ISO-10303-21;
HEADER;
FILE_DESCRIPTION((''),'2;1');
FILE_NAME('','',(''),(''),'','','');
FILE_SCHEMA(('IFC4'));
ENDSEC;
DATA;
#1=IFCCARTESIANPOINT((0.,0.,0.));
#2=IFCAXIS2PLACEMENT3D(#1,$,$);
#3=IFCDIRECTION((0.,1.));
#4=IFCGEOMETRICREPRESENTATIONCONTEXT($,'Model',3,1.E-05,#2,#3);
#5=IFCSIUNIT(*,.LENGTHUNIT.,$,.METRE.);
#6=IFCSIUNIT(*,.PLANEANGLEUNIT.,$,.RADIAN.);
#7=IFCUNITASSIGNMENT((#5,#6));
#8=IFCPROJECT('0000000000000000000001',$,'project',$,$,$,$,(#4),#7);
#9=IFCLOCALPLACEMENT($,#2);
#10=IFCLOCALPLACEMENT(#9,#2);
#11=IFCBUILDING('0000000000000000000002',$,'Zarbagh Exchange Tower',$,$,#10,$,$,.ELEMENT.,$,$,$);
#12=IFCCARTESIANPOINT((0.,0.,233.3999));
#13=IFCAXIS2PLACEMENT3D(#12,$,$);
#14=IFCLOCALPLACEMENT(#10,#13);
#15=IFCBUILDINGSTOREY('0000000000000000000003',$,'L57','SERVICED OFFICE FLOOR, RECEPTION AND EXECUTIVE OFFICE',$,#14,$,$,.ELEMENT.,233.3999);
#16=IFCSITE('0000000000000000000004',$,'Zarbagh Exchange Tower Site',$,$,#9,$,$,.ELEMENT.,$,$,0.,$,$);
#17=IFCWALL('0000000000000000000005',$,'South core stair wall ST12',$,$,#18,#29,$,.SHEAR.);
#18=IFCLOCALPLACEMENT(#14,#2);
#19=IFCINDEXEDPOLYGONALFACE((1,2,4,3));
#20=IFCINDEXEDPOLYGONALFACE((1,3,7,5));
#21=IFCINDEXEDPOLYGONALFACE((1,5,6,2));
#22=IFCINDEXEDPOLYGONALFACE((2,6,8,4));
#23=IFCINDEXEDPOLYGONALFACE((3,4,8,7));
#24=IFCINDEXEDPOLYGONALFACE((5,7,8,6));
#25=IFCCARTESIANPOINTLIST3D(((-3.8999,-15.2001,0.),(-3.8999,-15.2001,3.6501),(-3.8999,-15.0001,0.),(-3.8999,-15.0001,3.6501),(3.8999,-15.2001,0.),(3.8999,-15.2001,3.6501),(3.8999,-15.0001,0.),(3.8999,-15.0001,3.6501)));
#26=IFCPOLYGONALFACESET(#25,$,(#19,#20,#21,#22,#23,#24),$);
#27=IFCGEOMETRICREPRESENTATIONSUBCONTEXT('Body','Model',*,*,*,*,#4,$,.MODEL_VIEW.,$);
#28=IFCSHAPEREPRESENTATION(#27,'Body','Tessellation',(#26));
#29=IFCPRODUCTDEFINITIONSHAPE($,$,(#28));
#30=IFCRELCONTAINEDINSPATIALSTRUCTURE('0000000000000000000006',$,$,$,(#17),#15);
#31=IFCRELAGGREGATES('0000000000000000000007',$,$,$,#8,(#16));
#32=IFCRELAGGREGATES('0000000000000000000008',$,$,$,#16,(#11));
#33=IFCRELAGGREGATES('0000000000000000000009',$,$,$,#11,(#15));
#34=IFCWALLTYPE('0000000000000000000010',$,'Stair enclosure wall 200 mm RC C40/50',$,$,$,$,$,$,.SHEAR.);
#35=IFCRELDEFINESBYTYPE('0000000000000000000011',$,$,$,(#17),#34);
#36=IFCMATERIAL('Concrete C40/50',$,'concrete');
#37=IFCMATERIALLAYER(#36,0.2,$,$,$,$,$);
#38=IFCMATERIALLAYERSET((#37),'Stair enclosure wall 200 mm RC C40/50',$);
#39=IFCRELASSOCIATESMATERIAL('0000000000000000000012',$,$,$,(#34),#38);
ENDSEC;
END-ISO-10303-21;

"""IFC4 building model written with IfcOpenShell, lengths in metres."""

from ifc_helpers import new_model, si_unit, direction, frame, frame_2d, origin, place, context, subcontext, project, spatial, rectangle, extrude, material, layer, layer_set, type_object, element, save


model = new_model("IFC4")

# Units and contexts
model_context = context("Model", 3, precision=1e-05, world=origin(), true_north=direction((0.0, 1.0)))
body_context = subcontext(model_context, "Body", "Model", "MODEL_VIEW")
ifc_project = project(units=[si_unit("LENGTHUNIT", "METRE"), si_unit("PLANEANGLEUNIT", "RADIAN")], contexts=[model_context])

# Site, building, storey
site_placement = place(None, origin())
site = spatial("IfcSite", under=ifc_project, at=site_placement, Name="Zarbagh Exchange Tower Site", CompositionType="ELEMENT", RefElevation=0.0)
building_placement = place(site_placement, origin())
building = spatial("IfcBuilding", under=site, at=building_placement, Name="Zarbagh Exchange Tower", CompositionType="ELEMENT")
storey_placement = place(building_placement, frame((0.0, 0.0, 233.3999)))
storey = spatial("IfcBuildingStorey", under=building, at=storey_placement, Name="L57", Description="SERVICED OFFICE FLOOR, RECEPTION AND EXECUTIVE OFFICE", CompositionType="ELEMENT", Elevation=233.3999)

# Wall
ifc_material_1 = material(Name="Concrete C40/50", Category="concrete")
ifc_layer_1 = layer(ifc_material_1, 0.2)
ifc_layer_set_1 = layer_set([ifc_layer_1], Name="Stair enclosure wall 200 mm RC C40/50")
wall_type_1 = type_object("IfcWallType", Name="Stair enclosure wall 200 mm RC C40/50", PredefinedType="SHEAR", material=ifc_layer_set_1)
wall_1_placement = place(storey_placement, frame((3.8999, -15.1001, 0.0), z_axis=(0.0, 0.0, 1.0), x_axis=(-1.0, 0.0, 0.0)))
element("IfcWall", 1, at=wall_1_placement, inside=storey, type_object=wall_type_1, Name="South core stair wall ST12", PredefinedType="SHEAR", context=body_context, shape_type="SweptSolid", body=[
    extrude(rectangle(XDim=7.7998, YDim=0.2, at=frame_2d((3.8999, 0.0))), origin(), (0.0, 0.0, 1.0), 3.6501),
])

save(model, "model.ifc")
